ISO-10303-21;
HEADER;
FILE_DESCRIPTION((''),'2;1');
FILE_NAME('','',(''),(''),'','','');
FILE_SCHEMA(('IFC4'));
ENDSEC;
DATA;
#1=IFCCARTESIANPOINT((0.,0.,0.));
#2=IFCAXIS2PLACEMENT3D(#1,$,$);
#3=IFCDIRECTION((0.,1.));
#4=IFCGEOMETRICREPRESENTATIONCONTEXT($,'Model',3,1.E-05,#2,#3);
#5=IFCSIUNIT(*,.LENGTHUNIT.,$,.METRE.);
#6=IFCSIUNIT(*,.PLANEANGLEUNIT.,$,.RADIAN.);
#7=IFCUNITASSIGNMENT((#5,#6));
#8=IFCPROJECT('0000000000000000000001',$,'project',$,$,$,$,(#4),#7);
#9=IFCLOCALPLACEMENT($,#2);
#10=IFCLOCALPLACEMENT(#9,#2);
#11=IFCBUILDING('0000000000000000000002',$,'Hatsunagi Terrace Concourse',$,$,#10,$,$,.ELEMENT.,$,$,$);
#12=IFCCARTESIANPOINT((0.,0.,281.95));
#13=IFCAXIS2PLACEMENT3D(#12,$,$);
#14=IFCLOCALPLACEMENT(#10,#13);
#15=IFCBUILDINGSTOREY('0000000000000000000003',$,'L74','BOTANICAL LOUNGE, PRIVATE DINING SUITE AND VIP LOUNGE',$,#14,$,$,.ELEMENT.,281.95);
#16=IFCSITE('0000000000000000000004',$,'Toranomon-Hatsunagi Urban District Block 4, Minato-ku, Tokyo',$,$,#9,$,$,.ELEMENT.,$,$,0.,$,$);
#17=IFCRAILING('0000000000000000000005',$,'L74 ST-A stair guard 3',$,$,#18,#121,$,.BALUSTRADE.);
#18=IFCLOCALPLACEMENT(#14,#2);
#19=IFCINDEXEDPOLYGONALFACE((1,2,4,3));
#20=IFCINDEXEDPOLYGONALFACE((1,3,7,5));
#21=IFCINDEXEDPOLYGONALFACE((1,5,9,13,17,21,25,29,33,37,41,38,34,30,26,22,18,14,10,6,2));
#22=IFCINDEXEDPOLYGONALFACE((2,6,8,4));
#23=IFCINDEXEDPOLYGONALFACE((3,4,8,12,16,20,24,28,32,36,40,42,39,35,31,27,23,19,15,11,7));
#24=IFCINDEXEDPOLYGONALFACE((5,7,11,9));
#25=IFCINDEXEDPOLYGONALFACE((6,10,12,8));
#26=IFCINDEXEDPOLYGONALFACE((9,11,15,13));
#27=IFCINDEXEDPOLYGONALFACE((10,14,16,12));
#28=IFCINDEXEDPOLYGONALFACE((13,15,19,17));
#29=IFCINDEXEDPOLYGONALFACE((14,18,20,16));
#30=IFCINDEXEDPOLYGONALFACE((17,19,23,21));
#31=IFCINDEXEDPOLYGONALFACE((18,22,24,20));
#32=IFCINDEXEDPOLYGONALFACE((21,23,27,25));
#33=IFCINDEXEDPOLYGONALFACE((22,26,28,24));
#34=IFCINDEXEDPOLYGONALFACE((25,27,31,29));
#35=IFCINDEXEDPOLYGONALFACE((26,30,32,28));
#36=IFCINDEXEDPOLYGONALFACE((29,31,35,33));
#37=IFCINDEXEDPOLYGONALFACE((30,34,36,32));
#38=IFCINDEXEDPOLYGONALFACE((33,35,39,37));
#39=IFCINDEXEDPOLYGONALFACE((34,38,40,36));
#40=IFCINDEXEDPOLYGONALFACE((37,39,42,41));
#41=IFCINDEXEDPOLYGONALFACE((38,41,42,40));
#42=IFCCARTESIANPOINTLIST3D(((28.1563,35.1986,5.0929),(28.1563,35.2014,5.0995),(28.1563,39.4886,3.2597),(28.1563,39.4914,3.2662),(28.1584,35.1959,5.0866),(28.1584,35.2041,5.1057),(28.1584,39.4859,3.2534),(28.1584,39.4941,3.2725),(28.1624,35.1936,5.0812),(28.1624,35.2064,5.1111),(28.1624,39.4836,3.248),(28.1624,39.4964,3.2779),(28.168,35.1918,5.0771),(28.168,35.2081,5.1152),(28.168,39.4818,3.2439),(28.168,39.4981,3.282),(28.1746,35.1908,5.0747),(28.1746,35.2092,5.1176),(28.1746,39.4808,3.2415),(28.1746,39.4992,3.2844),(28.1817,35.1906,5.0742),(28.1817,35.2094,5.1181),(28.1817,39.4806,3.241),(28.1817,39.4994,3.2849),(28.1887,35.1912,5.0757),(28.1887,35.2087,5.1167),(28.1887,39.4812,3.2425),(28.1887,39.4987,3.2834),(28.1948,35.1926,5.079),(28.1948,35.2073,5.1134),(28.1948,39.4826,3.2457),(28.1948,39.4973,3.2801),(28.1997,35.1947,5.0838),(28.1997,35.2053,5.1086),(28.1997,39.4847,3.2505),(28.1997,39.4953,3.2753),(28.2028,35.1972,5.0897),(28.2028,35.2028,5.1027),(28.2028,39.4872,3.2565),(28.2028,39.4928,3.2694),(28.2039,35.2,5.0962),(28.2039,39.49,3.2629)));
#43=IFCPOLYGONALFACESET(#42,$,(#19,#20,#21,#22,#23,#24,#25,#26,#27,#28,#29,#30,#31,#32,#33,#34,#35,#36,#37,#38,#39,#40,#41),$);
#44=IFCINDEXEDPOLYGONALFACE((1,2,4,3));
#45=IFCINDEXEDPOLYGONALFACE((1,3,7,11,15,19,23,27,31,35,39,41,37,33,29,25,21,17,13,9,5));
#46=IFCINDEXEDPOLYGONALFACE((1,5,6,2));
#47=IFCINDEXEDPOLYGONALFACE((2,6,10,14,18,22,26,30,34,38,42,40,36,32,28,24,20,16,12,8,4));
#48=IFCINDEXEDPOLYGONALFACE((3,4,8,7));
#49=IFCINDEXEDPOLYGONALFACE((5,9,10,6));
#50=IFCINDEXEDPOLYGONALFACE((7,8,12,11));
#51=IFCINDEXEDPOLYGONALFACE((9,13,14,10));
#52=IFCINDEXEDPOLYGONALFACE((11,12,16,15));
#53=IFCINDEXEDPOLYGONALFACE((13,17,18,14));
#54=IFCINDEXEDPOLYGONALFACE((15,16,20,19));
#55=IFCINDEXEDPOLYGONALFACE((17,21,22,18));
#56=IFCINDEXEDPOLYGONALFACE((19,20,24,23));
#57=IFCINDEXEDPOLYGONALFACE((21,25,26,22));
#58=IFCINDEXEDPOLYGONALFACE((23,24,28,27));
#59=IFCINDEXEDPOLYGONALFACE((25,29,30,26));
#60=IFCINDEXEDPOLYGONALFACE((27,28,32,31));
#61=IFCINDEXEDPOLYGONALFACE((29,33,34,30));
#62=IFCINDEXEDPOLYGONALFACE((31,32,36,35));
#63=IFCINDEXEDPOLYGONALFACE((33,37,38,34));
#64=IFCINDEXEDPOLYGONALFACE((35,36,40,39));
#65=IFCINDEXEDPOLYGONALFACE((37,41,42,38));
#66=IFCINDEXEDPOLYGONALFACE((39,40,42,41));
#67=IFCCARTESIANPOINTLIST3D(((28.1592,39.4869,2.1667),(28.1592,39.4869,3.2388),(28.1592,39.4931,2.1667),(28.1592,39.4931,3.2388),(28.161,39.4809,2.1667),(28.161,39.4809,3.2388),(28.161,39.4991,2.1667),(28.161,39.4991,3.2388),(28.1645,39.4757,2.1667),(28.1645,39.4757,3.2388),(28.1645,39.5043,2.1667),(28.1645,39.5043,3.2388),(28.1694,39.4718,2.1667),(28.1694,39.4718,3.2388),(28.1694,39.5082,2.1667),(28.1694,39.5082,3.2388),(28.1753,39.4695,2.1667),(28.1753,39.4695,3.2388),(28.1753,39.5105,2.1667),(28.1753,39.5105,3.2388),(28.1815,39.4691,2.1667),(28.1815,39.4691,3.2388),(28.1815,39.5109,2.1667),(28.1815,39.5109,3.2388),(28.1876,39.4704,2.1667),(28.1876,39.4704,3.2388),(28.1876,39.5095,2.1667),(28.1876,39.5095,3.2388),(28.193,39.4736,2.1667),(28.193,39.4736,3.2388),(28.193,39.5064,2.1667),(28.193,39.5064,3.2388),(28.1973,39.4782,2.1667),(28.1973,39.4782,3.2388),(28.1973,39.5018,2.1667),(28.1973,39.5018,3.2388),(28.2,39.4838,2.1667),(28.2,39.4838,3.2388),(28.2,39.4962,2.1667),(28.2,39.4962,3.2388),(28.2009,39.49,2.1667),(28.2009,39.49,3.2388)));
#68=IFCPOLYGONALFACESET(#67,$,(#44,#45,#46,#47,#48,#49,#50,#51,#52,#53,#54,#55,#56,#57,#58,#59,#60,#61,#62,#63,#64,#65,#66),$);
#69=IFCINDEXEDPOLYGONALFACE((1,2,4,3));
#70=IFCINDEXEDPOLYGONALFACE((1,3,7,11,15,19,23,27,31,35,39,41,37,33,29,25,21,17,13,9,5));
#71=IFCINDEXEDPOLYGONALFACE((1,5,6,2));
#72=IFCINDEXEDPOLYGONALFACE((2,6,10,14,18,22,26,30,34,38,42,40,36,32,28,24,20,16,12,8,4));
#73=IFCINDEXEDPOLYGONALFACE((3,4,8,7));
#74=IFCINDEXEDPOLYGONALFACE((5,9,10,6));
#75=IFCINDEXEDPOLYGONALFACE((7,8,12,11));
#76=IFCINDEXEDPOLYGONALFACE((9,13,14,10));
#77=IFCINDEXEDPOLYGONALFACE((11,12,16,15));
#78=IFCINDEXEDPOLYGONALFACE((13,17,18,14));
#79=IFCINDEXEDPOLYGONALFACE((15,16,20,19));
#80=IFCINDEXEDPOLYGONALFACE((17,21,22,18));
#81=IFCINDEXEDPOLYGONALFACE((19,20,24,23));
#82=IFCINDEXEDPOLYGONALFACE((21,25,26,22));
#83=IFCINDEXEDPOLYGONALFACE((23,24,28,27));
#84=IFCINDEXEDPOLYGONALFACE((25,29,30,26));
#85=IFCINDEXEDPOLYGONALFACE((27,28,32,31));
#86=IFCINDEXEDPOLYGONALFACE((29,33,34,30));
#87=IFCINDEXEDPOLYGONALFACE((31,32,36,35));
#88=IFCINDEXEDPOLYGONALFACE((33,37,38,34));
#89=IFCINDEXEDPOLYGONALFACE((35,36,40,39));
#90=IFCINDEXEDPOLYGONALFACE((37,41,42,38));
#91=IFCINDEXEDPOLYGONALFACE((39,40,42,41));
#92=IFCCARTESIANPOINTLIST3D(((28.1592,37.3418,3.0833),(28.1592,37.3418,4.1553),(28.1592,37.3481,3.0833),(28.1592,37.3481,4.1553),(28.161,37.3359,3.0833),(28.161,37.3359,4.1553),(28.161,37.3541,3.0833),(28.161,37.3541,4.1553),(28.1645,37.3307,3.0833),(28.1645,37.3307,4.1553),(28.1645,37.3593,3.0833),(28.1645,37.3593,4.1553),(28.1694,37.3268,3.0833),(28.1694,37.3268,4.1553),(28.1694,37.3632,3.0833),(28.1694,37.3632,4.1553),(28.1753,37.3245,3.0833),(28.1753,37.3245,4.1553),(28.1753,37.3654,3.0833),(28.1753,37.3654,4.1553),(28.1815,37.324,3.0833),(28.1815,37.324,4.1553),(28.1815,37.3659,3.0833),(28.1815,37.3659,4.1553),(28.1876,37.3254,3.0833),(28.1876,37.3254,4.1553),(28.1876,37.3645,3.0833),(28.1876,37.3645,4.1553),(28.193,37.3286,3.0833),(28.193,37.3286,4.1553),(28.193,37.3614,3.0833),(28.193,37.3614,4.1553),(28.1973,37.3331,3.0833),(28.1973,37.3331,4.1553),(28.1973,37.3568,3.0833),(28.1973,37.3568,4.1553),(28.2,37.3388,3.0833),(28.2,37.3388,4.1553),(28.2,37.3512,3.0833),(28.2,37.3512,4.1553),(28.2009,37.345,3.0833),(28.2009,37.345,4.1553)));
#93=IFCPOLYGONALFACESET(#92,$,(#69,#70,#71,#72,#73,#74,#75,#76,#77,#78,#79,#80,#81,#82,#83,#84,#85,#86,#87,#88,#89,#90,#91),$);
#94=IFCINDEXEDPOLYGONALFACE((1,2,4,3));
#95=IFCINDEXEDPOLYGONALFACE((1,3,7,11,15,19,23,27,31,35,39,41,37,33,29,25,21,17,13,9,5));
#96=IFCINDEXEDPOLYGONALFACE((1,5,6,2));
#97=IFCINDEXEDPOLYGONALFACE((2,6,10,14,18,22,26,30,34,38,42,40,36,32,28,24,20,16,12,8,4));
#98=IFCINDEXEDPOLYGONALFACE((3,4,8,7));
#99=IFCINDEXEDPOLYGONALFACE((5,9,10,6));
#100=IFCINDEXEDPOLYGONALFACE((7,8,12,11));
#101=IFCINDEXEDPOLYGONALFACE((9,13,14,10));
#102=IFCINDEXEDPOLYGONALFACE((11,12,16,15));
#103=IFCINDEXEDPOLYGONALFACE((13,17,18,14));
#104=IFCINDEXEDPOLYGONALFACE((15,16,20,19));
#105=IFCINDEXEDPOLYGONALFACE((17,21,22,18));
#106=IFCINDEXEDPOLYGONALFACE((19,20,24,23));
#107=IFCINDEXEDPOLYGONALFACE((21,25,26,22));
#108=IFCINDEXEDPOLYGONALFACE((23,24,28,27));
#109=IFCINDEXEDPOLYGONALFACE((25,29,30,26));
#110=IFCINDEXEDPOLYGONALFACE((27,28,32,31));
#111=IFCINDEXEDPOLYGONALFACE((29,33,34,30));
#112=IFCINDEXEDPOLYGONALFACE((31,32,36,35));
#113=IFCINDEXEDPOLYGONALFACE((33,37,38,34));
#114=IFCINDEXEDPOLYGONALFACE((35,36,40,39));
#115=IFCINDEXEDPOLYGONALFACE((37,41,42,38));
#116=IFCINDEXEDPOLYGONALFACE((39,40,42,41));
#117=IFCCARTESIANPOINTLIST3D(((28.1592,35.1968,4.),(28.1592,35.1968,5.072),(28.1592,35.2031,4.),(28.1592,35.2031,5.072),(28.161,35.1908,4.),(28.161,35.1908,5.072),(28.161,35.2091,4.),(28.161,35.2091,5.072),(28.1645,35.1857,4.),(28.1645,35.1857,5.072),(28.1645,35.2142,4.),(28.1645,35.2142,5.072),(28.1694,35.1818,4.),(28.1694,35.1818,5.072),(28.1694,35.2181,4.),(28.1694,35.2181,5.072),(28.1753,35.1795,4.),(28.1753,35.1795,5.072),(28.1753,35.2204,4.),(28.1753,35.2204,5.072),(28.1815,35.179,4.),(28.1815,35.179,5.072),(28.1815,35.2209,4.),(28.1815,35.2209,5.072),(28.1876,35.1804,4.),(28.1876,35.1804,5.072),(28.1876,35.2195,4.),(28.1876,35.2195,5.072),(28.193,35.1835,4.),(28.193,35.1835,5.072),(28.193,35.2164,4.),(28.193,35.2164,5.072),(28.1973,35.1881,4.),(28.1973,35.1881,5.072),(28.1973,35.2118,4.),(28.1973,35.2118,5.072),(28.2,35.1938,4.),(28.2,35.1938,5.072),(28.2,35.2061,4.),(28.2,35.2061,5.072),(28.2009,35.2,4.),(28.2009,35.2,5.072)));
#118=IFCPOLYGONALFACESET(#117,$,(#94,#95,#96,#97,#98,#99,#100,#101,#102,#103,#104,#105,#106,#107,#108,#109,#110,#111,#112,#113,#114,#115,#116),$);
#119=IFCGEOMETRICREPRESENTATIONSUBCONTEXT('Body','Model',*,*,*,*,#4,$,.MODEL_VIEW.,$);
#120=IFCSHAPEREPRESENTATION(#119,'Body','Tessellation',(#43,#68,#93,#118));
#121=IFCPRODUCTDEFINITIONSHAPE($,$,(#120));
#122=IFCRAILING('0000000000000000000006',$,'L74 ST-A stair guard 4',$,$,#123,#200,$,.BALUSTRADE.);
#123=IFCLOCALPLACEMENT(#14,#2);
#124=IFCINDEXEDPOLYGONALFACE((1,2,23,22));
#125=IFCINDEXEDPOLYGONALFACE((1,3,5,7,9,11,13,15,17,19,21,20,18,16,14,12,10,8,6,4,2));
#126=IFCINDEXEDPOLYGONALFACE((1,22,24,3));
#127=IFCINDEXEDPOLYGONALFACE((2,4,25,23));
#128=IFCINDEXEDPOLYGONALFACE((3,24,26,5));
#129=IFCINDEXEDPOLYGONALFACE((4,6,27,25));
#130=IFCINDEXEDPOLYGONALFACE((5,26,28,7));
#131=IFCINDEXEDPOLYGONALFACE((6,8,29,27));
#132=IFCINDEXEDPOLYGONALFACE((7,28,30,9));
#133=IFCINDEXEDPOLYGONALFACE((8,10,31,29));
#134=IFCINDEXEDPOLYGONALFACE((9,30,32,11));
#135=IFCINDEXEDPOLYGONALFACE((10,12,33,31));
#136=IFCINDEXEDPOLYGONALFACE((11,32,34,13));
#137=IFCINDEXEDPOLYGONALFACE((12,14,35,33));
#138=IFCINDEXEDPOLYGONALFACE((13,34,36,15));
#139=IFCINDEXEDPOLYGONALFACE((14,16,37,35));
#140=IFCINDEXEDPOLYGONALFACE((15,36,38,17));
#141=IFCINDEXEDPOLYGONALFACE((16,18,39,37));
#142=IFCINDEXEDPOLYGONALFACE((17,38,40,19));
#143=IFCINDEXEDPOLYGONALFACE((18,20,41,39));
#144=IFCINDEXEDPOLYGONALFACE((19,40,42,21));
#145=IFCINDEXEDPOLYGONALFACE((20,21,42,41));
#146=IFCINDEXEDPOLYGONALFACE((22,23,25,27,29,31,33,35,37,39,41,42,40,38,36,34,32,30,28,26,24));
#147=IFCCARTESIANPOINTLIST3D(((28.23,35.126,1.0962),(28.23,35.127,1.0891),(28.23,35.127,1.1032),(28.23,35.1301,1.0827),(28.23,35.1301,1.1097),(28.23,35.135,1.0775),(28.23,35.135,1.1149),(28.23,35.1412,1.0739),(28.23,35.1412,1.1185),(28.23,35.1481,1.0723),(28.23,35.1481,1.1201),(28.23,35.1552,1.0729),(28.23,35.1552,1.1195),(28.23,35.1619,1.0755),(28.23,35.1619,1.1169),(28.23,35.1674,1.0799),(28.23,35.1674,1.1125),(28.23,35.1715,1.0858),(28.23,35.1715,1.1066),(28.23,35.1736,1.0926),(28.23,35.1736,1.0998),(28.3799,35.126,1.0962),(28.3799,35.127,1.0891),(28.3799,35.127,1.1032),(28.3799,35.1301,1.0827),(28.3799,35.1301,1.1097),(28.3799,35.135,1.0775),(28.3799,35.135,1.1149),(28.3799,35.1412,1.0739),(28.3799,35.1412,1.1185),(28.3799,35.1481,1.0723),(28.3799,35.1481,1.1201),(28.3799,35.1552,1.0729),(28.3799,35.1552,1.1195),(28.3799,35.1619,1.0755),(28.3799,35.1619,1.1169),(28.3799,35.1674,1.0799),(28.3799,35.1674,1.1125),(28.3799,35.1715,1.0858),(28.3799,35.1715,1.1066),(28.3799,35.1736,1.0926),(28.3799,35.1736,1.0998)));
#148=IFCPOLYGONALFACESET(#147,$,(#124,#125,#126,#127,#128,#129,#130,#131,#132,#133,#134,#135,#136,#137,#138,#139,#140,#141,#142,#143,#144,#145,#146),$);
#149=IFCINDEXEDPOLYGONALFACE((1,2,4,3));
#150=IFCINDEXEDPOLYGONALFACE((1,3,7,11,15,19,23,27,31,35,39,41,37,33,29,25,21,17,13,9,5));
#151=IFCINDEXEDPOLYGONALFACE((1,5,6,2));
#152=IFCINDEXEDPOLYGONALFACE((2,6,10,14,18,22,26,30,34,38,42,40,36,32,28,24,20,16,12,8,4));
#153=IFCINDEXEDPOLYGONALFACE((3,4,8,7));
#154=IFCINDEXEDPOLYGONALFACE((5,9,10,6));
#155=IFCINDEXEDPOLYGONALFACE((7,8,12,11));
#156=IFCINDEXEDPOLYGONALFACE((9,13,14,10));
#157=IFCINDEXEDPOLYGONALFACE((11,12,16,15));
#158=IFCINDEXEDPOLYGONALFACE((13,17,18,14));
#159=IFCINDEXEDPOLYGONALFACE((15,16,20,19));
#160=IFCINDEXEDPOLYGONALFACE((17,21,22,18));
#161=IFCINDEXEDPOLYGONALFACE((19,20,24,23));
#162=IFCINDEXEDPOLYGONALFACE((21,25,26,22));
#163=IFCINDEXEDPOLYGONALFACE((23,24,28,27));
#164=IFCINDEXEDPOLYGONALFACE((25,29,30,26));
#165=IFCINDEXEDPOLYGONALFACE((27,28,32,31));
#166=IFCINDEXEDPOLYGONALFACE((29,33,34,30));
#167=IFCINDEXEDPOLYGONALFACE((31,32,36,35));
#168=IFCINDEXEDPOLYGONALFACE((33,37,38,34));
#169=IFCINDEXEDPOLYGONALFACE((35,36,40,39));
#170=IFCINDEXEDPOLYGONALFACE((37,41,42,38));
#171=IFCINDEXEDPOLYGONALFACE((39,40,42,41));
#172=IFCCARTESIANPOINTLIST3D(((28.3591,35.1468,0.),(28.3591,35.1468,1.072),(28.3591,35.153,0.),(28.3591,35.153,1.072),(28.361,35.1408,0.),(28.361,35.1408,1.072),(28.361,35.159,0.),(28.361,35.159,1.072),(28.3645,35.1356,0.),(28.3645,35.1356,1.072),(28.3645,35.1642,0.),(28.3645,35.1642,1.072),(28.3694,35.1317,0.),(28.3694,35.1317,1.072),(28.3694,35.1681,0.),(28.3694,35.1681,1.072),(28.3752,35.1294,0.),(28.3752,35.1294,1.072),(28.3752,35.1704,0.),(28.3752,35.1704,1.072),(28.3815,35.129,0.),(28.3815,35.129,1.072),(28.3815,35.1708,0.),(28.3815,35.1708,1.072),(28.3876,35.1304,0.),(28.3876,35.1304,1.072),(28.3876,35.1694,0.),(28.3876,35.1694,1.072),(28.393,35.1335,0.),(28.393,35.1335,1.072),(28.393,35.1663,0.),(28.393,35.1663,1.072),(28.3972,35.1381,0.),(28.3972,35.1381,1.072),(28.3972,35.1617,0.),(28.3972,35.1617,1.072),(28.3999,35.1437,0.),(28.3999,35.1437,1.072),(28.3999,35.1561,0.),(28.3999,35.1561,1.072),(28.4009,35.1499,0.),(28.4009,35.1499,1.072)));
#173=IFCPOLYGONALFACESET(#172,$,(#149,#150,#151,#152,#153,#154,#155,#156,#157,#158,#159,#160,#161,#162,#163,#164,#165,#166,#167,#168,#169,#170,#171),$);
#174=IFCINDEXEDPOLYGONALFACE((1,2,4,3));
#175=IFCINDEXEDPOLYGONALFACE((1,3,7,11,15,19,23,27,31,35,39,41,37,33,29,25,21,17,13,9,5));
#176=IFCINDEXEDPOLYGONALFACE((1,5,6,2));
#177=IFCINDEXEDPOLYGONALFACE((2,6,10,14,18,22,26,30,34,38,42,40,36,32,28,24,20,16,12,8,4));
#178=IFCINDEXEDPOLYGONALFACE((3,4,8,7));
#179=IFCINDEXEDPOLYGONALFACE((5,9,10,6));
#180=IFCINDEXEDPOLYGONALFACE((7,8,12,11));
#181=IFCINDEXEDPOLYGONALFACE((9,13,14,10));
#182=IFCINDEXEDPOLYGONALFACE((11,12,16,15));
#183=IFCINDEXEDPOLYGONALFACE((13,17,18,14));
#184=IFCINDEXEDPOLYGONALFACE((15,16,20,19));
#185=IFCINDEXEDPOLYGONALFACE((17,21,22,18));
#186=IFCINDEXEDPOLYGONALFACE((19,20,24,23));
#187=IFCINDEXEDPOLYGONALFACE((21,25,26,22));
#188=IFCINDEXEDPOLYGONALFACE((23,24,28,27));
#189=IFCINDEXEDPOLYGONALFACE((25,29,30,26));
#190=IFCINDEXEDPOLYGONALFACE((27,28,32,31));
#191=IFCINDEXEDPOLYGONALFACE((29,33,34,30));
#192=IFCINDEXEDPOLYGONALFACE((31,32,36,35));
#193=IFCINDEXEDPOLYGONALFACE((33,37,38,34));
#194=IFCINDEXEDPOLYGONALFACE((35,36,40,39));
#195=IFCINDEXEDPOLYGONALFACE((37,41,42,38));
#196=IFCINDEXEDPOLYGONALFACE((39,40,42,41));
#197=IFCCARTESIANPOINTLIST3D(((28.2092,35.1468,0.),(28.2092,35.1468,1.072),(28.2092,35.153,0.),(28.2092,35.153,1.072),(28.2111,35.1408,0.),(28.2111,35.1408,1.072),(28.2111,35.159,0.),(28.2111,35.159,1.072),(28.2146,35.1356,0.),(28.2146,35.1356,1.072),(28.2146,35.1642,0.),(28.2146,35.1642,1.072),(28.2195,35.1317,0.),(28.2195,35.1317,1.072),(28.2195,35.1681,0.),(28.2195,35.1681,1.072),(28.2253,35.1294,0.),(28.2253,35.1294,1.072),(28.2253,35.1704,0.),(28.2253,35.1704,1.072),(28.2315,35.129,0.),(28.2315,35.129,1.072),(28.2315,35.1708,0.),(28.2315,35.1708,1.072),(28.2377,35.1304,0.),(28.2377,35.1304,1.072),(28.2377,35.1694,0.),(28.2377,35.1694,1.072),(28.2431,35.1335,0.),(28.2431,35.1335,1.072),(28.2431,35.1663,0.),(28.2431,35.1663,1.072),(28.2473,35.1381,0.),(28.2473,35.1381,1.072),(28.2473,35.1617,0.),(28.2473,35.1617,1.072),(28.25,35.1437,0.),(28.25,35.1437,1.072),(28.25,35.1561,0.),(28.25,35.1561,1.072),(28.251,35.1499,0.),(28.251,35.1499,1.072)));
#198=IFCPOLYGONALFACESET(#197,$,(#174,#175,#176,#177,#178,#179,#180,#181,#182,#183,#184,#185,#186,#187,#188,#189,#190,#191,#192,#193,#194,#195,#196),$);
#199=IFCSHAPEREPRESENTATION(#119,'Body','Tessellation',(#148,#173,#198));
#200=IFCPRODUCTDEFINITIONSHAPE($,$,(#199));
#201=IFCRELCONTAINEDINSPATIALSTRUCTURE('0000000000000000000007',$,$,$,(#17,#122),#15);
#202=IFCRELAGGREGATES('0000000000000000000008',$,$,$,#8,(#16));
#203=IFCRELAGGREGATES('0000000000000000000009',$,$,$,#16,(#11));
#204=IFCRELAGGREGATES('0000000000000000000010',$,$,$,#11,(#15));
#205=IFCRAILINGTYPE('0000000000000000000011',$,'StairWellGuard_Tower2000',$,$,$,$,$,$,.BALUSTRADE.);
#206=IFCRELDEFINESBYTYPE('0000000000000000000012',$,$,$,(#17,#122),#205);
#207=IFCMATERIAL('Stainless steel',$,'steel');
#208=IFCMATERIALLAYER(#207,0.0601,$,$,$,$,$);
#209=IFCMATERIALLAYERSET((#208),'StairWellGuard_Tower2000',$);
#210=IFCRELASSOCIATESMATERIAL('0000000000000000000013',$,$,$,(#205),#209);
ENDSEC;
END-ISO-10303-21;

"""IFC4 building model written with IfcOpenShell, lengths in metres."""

from ifc_helpers import new_model, si_unit, direction, frame, origin, origin_2d, place, context, subcontext, project, spatial, circle, extrude, material, layer, layer_set, type_object, element, save


model = new_model("IFC4")

# Units and contexts
model_context = context("Model", 3, precision=1e-05, world=origin(), true_north=direction((0.0, 1.0)))
body_context = subcontext(model_context, "Body", "Model", "MODEL_VIEW")
ifc_project = project(units=[si_unit("LENGTHUNIT", "METRE"), si_unit("PLANEANGLEUNIT", "RADIAN")], contexts=[model_context])

# Site, building, storey
site_placement = place(None, origin())
site = spatial("IfcSite", under=ifc_project, at=site_placement, Name="Toranomon-Hatsunagi Urban District Block 4, Minato-ku, Tokyo", CompositionType="ELEMENT", RefElevation=0.0)
building_placement = place(site_placement, origin())
building = spatial("IfcBuilding", under=site, at=building_placement, Name="Hatsunagi Terrace Concourse", CompositionType="ELEMENT")
storey_placement = place(building_placement, frame((0.0, 0.0, 281.95)))
storey = spatial("IfcBuildingStorey", under=building, at=storey_placement, Name="L74", Description="BOTANICAL LOUNGE, PRIVATE DINING SUITE AND VIP LOUNGE", CompositionType="ELEMENT", Elevation=281.95)

# Railings
ifc_material_1 = material(Name="Stainless steel", Category="steel")
ifc_layer_1 = layer(ifc_material_1, 0.0601)
ifc_layer_set_1 = layer_set([ifc_layer_1], Name="StairWellGuard_Tower2000")
railing_type_1 = type_object("IfcRailingType", Name="StairWellGuard_Tower2000", PredefinedType="BALUSTRADE", material=ifc_layer_set_1)
railing_1_placement = place(storey_placement, frame((28.1799, 39.49, 2.1667)))
element("IfcRailing", 1, at=railing_1_placement, inside=storey, type_object=railing_type_1, Name="L74 ST-A stair guard 3", PredefinedType="BALUSTRADE", context=body_context, shape_type="SweptSolid", body=[
    extrude(circle(Radius=0.0239, at=origin_2d()), frame((0.0, 0.0, 1.0962), z_axis=(0.0, -0.919559, 0.392953), x_axis=(1.0, 0.0, 0.0)), (0.0, 0.0, 1.0), 4.6653),
    extrude(circle(Radius=0.021, at=origin_2d()), origin(), (0.0, 0.0, 1.0), 1.072),
    extrude(circle(Radius=0.021, at=origin_2d()), frame((0.0, -2.145, 0.9165)), (0.0, 0.0, 1.0), 1.072),
    extrude(circle(Radius=0.021, at=origin_2d()), frame((0.0, -4.29, 1.8333)), (0.0, 0.0, 1.0), 1.072),
])
railing_2_placement = place(storey_placement, frame((28.3799, 35.1499, 0.0)))
element("IfcRailing", 2, at=railing_2_placement, inside=storey, type_object=railing_type_1, Name="L74 ST-A stair guard 4", PredefinedType="BALUSTRADE", context=body_context, shape_type="SweptSolid", body=[
    extrude(circle(Radius=0.0239, at=origin_2d()), frame((0.0, 0.0, 1.0962), z_axis=(-1.0, 0.0, 0.0), x_axis=(0.0, -1.0, 0.0)), (0.0, 0.0, 1.0), 0.1499),
    extrude(circle(Radius=0.021, at=origin_2d()), origin(), (0.0, 0.0, 1.0), 1.072),
    extrude(circle(Radius=0.021, at=origin_2d()), frame((-0.1499, 0.0, 0.0)), (0.0, 0.0, 1.0), 1.072),
])

save(model, "model.ifc")
